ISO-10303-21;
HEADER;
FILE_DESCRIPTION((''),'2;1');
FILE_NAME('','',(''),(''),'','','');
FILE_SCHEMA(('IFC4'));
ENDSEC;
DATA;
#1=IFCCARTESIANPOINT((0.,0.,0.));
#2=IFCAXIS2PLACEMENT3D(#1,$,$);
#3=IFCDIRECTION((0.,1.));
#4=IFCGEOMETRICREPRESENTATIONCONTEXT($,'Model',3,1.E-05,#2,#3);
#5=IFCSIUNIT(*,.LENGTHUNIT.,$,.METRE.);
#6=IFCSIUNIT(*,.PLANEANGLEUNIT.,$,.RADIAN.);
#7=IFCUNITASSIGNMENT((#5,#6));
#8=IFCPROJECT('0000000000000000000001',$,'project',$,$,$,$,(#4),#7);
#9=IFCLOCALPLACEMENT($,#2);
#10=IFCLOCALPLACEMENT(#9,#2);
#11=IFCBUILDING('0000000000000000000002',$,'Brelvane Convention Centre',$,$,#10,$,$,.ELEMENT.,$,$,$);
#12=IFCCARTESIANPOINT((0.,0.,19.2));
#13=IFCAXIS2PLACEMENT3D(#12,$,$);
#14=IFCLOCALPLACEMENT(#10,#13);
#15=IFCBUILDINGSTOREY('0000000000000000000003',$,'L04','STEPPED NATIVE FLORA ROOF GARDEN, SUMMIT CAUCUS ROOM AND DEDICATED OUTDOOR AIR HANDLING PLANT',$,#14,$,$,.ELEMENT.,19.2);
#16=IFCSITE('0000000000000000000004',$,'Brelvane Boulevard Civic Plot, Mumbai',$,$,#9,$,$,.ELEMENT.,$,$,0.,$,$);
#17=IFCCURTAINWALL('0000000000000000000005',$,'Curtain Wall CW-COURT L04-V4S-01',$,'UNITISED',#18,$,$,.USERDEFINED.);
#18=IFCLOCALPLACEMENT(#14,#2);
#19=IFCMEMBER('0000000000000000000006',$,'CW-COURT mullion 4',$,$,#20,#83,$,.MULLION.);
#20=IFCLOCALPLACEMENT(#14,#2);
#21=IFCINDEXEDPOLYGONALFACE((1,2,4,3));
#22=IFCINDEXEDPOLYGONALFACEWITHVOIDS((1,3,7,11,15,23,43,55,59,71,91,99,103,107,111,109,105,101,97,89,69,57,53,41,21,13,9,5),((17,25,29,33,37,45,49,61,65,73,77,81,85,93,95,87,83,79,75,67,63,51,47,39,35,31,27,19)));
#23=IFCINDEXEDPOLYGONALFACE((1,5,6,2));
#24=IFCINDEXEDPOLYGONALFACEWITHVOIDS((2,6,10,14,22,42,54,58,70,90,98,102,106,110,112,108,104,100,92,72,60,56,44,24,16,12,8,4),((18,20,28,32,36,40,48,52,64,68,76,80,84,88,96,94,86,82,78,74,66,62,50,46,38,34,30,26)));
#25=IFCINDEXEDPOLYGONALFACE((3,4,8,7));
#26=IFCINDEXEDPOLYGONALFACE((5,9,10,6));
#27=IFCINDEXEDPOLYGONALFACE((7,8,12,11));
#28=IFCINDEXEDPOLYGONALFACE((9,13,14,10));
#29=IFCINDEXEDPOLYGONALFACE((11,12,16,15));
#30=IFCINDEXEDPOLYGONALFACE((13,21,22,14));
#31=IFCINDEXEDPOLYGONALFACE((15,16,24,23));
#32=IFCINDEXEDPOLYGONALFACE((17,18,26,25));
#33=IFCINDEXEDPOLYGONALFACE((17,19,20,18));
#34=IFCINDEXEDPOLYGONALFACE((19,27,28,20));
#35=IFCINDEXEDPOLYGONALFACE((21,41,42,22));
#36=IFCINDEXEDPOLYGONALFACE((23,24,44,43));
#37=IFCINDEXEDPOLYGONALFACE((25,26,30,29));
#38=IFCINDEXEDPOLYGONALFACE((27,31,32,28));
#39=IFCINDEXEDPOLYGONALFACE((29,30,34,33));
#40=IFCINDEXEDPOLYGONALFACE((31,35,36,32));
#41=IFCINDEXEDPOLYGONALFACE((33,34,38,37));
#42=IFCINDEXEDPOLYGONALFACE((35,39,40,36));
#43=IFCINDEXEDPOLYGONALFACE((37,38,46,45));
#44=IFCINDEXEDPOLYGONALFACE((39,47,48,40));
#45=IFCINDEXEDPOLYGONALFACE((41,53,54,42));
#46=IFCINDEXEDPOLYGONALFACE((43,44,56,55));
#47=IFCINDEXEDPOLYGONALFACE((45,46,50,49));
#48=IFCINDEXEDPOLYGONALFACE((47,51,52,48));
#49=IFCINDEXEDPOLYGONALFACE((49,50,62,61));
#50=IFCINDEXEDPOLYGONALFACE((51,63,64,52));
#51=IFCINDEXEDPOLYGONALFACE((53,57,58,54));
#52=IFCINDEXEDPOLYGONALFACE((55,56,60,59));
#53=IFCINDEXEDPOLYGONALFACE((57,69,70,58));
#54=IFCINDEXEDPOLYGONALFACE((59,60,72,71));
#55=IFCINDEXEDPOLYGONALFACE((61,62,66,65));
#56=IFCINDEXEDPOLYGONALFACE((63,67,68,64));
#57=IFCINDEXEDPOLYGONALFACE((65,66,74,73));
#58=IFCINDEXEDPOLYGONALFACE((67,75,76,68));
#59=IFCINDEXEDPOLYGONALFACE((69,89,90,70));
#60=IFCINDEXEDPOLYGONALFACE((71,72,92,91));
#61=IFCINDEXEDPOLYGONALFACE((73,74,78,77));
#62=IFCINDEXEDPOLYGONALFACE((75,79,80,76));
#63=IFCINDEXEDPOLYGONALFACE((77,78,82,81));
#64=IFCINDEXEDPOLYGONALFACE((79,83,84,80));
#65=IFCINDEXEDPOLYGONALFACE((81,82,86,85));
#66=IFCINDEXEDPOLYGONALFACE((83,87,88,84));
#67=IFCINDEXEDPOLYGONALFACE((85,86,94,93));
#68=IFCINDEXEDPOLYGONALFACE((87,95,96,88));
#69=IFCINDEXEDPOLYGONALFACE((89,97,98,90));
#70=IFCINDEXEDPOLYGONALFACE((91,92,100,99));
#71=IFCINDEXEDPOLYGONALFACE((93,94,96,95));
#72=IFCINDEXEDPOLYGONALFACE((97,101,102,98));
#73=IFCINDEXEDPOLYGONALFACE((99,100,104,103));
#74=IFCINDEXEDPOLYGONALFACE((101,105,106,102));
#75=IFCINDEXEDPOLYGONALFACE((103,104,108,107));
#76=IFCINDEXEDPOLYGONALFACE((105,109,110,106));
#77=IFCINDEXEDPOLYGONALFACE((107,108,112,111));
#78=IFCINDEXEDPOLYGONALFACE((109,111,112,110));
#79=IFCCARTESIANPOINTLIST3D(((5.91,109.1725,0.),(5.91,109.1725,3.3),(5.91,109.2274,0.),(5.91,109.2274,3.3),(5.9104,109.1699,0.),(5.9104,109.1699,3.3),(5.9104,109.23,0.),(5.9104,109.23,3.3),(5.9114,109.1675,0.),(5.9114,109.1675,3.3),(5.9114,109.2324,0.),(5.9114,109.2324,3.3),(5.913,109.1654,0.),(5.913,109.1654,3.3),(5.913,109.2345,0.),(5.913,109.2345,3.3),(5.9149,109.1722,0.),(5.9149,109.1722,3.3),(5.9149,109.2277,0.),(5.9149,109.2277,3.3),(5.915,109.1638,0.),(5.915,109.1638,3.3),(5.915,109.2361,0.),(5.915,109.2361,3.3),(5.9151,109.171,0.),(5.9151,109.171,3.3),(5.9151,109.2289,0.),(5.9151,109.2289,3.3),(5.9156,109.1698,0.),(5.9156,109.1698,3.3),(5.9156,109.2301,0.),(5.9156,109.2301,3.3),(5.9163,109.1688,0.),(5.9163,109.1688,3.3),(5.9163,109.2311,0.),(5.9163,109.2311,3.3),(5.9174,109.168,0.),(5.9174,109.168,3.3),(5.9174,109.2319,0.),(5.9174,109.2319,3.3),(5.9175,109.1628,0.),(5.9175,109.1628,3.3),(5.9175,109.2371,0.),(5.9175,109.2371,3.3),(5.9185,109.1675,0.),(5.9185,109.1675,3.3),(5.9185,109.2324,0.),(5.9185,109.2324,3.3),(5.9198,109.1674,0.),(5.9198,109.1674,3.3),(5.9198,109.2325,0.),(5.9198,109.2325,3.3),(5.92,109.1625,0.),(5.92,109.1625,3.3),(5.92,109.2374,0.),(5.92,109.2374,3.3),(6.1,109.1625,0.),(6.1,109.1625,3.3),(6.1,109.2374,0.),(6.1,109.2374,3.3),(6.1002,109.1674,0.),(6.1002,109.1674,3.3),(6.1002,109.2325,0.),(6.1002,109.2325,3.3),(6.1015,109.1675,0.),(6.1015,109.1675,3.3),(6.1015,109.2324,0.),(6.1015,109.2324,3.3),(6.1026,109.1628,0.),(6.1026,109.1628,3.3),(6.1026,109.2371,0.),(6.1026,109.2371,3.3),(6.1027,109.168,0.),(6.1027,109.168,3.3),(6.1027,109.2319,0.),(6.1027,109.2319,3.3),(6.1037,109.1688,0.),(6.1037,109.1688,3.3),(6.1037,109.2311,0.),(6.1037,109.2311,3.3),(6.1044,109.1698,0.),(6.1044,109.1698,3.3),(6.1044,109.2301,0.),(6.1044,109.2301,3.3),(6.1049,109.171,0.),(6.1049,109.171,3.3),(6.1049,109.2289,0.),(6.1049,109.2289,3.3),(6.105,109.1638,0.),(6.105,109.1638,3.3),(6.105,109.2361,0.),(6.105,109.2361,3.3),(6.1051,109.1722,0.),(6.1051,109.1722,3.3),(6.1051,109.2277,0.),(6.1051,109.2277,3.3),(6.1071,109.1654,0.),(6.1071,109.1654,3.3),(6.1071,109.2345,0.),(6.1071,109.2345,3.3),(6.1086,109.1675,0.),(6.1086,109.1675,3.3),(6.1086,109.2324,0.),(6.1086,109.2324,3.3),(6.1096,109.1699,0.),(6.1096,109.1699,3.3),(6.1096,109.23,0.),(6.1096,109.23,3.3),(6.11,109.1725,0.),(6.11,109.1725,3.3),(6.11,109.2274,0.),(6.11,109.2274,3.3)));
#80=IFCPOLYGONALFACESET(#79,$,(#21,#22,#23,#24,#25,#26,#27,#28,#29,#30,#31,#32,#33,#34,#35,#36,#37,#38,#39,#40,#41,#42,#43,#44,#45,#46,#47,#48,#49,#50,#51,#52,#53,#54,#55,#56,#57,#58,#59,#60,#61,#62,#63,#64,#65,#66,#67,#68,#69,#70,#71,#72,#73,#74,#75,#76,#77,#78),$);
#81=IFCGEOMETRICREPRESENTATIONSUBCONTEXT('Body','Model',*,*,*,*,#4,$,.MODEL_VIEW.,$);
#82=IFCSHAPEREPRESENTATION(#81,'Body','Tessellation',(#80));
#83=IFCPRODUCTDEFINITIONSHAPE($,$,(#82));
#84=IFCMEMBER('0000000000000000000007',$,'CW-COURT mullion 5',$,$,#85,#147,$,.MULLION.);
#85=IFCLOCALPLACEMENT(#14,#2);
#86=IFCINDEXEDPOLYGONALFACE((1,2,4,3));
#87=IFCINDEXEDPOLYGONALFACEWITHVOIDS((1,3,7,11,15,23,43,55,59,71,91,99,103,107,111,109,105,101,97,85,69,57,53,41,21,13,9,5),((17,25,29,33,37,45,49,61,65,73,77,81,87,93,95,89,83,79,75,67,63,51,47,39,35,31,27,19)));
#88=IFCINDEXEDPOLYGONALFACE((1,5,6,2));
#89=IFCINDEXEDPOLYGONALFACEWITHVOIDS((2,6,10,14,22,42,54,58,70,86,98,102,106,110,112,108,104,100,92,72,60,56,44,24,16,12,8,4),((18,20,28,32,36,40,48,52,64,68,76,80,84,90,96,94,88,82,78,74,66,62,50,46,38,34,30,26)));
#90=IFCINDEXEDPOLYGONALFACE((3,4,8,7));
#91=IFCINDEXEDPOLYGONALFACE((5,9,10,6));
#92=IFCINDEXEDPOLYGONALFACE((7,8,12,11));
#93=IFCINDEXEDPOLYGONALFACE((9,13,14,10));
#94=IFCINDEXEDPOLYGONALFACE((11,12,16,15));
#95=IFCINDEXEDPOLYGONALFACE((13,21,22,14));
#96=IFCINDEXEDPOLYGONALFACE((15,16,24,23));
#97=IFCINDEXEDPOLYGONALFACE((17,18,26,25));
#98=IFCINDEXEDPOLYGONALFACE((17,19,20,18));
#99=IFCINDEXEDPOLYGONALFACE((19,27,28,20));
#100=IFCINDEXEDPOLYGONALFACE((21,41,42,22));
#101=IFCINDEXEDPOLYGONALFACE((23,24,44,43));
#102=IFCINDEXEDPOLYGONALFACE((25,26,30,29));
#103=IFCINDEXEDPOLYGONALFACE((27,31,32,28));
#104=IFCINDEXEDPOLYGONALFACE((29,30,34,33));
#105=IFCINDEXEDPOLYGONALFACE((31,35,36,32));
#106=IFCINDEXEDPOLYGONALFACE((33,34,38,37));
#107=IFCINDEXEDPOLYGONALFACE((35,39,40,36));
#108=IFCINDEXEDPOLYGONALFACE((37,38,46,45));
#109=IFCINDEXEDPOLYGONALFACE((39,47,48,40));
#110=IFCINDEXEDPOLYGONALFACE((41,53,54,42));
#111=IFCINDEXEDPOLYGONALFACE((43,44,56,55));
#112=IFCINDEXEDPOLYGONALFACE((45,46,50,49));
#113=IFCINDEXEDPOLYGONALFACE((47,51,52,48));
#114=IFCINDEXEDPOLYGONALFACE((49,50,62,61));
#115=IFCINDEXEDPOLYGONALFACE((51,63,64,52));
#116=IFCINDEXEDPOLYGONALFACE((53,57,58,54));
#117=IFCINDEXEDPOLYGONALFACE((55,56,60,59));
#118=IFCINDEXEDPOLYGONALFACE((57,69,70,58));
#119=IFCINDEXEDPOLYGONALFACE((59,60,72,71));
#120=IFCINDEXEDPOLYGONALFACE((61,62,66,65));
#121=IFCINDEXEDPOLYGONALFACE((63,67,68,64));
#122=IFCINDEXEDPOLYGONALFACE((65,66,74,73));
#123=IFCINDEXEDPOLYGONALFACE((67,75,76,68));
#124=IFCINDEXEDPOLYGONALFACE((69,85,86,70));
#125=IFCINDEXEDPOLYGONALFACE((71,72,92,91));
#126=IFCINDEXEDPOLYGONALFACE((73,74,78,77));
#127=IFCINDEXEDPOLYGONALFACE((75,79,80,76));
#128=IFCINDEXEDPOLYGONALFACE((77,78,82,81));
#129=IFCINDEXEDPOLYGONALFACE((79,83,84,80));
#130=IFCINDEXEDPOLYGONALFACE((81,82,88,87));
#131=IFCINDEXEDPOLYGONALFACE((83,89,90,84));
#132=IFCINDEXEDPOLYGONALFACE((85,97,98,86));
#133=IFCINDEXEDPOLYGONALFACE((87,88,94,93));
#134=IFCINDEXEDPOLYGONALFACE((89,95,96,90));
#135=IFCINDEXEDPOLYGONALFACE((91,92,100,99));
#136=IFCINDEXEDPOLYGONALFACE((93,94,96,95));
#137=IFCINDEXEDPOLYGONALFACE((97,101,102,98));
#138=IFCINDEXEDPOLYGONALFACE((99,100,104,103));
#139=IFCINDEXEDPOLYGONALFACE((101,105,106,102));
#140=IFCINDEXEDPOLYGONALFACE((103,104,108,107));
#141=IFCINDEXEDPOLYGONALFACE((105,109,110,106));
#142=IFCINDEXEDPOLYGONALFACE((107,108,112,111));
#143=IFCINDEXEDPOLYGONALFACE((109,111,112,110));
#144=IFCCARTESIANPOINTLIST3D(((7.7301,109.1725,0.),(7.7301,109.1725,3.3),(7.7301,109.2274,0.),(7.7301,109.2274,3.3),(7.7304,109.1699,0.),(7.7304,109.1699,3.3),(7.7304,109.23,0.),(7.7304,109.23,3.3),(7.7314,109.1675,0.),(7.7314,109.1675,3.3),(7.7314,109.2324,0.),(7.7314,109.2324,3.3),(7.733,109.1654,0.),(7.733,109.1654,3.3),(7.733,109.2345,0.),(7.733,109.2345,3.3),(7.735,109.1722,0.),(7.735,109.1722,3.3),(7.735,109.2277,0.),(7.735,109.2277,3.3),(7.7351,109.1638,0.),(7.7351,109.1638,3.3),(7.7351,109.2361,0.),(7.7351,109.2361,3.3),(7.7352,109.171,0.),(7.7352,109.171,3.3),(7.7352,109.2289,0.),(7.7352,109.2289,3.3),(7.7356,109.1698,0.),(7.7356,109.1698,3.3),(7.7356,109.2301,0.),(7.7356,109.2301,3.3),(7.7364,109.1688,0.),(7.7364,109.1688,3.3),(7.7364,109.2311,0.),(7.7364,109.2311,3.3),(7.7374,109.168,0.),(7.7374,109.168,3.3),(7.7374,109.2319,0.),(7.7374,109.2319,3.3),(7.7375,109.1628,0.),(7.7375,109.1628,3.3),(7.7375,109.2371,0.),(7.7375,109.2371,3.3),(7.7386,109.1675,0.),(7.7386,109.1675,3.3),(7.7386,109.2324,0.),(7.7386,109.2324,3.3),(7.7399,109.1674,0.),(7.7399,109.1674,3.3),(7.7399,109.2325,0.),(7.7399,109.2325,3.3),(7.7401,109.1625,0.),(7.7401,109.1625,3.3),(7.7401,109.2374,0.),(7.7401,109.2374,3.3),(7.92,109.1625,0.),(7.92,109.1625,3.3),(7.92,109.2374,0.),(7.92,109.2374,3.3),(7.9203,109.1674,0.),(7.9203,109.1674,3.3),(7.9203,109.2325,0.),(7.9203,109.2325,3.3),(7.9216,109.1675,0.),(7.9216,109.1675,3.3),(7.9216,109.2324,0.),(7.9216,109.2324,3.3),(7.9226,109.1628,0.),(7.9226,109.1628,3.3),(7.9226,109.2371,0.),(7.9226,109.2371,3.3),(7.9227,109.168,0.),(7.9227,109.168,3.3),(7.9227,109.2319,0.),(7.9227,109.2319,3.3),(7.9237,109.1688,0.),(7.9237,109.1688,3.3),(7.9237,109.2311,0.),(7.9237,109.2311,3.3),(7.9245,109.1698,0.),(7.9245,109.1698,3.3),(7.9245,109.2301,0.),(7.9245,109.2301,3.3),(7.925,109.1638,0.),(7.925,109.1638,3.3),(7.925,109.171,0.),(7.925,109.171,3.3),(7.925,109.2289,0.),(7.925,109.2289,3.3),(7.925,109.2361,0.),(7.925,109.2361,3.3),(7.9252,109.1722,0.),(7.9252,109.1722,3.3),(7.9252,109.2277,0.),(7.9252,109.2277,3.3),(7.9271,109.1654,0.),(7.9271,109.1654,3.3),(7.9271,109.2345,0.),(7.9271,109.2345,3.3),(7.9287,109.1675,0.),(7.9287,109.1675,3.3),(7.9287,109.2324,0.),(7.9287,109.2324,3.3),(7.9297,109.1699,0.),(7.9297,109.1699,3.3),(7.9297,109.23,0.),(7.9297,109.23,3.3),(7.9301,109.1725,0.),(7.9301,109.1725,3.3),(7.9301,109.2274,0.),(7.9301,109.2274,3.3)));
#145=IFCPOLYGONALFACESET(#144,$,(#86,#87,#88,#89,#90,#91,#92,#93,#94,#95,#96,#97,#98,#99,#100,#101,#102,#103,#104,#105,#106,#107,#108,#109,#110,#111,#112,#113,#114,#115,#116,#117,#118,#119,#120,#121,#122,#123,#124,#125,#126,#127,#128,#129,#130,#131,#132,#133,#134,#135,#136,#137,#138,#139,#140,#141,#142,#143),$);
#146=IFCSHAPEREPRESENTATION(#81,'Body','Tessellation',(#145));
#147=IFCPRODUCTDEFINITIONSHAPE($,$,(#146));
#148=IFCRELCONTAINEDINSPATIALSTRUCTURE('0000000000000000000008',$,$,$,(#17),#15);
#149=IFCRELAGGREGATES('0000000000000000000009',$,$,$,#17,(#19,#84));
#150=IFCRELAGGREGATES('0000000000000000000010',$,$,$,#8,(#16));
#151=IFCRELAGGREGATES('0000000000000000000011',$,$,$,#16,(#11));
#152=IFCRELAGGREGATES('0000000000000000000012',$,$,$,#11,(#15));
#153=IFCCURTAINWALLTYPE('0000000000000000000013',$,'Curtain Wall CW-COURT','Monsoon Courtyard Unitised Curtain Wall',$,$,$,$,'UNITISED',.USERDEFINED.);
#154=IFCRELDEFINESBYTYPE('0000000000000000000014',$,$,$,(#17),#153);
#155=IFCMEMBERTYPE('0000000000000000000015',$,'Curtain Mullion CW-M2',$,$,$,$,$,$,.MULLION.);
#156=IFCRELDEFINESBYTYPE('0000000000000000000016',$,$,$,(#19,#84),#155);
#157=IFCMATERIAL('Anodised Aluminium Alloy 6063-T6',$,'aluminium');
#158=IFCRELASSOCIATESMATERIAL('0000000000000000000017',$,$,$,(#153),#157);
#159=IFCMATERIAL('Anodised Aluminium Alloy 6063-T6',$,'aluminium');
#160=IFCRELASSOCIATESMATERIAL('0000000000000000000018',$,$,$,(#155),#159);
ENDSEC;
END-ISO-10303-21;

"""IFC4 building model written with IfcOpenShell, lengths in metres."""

from ifc_helpers import new_model, si_unit, direction, frame, origin, origin_2d, place, context, subcontext, project, spatial, hollow_rectangle, extrude, material, material_profile, profile_set, type_object, element, aggregate, save


model = new_model("IFC4")

# Units and contexts
model_context = context("Model", 3, precision=1e-05, world=origin(), true_north=direction((0.0, 1.0)))
body_context = subcontext(model_context, "Body", "Model", "MODEL_VIEW")
ifc_project = project(units=[si_unit("LENGTHUNIT", "METRE"), si_unit("PLANEANGLEUNIT", "RADIAN")], contexts=[model_context])

# Site, building, storey
site_placement = place(None, origin())
site = spatial("IfcSite", under=ifc_project, at=site_placement, Name="Brelvane Boulevard Civic Plot, Mumbai", CompositionType="ELEMENT", RefElevation=0.0)
building_placement = place(site_placement, origin())
building = spatial("IfcBuilding", under=site, at=building_placement, Name="Brelvane Convention Centre", CompositionType="ELEMENT")
storey_placement = place(building_placement, frame((0.0, 0.0, 19.2)))
storey = spatial("IfcBuildingStorey", under=building, at=storey_placement, Name="L04", Description="STEPPED NATIVE FLORA ROOF GARDEN, SUMMIT CAUCUS ROOM AND DEDICATED OUTDOOR AIR HANDLING PLANT", CompositionType="ELEMENT", Elevation=19.2)

# Curtain wall, members
ifc_material_1 = material(Name="Anodised Aluminium Alloy 6063-T6", Category="aluminium")
curtain_wall_type = type_object("IfcCurtainWallType", Name="Curtain Wall CW-COURT", Description="Monsoon Courtyard Unitised Curtain Wall", ElementType="UNITISED", PredefinedType="USERDEFINED", material=ifc_material_1)
curtain_wall_placement = place(storey_placement, origin())
curtain_wall = element("IfcCurtainWall", 1, at=curtain_wall_placement, inside=storey, type_object=curtain_wall_type, Name="Curtain Wall CW-COURT L04-V4S-01", ObjectType="UNITISED", PredefinedType="USERDEFINED")
ifc_material_2 = material(Name="Anodised Aluminium Alloy 6063-T6", Category="aluminium")
ifc_material_profile_1 = material_profile(ifc_material_2, hollow_rectangle(XDim=0.075, YDim=0.2, WallThickness=0.0049, InnerFilletRadius=0.0049, OuterFilletRadius=0.01, at=origin_2d()), Name="ALU-M 200x75x5.0")
ifc_profile_set_1 = profile_set([ifc_material_profile_1], Name="Anodised Aluminium Alloy 6063-T6")
member_type_1 = type_object("IfcMemberType", Name="Curtain Mullion CW-M2", PredefinedType="MULLION", material=ifc_profile_set_1)
member_1_placement = place(storey_placement, frame((6.01, 109.2, 0.0), z_axis=(0.0, 0.0, 1.0), x_axis=(0.0, 1.0, 0.0)))
member_1 = element("IfcMember", 2, at=member_1_placement, type_object=member_type_1, Name="CW-COURT mullion 4", PredefinedType="MULLION", context=body_context, shape_type="SweptSolid", body=[
    extrude(hollow_rectangle(XDim=0.075, YDim=0.2, WallThickness=0.0049, InnerFilletRadius=0.0049, OuterFilletRadius=0.01, at=origin_2d()), origin(), (0.0, 0.0, 1.0), 3.3),
])
member_2_placement = place(storey_placement, frame((7.8301, 109.2, 0.0), z_axis=(0.0, 0.0, 1.0), x_axis=(0.0, 1.0, 0.0)))
member_2 = element("IfcMember", 3, at=member_2_placement, type_object=member_type_1, Name="CW-COURT mullion 5", PredefinedType="MULLION", context=body_context, shape_type="SweptSolid", body=[
    extrude(hollow_rectangle(XDim=0.075, YDim=0.2, WallThickness=0.0049, InnerFilletRadius=0.0049, OuterFilletRadius=0.01, at=origin_2d()), origin(), (0.0, 0.0, 1.0), 3.3),
])
aggregate(curtain_wall, [member_1, member_2])

save(model, "model.ifc")
